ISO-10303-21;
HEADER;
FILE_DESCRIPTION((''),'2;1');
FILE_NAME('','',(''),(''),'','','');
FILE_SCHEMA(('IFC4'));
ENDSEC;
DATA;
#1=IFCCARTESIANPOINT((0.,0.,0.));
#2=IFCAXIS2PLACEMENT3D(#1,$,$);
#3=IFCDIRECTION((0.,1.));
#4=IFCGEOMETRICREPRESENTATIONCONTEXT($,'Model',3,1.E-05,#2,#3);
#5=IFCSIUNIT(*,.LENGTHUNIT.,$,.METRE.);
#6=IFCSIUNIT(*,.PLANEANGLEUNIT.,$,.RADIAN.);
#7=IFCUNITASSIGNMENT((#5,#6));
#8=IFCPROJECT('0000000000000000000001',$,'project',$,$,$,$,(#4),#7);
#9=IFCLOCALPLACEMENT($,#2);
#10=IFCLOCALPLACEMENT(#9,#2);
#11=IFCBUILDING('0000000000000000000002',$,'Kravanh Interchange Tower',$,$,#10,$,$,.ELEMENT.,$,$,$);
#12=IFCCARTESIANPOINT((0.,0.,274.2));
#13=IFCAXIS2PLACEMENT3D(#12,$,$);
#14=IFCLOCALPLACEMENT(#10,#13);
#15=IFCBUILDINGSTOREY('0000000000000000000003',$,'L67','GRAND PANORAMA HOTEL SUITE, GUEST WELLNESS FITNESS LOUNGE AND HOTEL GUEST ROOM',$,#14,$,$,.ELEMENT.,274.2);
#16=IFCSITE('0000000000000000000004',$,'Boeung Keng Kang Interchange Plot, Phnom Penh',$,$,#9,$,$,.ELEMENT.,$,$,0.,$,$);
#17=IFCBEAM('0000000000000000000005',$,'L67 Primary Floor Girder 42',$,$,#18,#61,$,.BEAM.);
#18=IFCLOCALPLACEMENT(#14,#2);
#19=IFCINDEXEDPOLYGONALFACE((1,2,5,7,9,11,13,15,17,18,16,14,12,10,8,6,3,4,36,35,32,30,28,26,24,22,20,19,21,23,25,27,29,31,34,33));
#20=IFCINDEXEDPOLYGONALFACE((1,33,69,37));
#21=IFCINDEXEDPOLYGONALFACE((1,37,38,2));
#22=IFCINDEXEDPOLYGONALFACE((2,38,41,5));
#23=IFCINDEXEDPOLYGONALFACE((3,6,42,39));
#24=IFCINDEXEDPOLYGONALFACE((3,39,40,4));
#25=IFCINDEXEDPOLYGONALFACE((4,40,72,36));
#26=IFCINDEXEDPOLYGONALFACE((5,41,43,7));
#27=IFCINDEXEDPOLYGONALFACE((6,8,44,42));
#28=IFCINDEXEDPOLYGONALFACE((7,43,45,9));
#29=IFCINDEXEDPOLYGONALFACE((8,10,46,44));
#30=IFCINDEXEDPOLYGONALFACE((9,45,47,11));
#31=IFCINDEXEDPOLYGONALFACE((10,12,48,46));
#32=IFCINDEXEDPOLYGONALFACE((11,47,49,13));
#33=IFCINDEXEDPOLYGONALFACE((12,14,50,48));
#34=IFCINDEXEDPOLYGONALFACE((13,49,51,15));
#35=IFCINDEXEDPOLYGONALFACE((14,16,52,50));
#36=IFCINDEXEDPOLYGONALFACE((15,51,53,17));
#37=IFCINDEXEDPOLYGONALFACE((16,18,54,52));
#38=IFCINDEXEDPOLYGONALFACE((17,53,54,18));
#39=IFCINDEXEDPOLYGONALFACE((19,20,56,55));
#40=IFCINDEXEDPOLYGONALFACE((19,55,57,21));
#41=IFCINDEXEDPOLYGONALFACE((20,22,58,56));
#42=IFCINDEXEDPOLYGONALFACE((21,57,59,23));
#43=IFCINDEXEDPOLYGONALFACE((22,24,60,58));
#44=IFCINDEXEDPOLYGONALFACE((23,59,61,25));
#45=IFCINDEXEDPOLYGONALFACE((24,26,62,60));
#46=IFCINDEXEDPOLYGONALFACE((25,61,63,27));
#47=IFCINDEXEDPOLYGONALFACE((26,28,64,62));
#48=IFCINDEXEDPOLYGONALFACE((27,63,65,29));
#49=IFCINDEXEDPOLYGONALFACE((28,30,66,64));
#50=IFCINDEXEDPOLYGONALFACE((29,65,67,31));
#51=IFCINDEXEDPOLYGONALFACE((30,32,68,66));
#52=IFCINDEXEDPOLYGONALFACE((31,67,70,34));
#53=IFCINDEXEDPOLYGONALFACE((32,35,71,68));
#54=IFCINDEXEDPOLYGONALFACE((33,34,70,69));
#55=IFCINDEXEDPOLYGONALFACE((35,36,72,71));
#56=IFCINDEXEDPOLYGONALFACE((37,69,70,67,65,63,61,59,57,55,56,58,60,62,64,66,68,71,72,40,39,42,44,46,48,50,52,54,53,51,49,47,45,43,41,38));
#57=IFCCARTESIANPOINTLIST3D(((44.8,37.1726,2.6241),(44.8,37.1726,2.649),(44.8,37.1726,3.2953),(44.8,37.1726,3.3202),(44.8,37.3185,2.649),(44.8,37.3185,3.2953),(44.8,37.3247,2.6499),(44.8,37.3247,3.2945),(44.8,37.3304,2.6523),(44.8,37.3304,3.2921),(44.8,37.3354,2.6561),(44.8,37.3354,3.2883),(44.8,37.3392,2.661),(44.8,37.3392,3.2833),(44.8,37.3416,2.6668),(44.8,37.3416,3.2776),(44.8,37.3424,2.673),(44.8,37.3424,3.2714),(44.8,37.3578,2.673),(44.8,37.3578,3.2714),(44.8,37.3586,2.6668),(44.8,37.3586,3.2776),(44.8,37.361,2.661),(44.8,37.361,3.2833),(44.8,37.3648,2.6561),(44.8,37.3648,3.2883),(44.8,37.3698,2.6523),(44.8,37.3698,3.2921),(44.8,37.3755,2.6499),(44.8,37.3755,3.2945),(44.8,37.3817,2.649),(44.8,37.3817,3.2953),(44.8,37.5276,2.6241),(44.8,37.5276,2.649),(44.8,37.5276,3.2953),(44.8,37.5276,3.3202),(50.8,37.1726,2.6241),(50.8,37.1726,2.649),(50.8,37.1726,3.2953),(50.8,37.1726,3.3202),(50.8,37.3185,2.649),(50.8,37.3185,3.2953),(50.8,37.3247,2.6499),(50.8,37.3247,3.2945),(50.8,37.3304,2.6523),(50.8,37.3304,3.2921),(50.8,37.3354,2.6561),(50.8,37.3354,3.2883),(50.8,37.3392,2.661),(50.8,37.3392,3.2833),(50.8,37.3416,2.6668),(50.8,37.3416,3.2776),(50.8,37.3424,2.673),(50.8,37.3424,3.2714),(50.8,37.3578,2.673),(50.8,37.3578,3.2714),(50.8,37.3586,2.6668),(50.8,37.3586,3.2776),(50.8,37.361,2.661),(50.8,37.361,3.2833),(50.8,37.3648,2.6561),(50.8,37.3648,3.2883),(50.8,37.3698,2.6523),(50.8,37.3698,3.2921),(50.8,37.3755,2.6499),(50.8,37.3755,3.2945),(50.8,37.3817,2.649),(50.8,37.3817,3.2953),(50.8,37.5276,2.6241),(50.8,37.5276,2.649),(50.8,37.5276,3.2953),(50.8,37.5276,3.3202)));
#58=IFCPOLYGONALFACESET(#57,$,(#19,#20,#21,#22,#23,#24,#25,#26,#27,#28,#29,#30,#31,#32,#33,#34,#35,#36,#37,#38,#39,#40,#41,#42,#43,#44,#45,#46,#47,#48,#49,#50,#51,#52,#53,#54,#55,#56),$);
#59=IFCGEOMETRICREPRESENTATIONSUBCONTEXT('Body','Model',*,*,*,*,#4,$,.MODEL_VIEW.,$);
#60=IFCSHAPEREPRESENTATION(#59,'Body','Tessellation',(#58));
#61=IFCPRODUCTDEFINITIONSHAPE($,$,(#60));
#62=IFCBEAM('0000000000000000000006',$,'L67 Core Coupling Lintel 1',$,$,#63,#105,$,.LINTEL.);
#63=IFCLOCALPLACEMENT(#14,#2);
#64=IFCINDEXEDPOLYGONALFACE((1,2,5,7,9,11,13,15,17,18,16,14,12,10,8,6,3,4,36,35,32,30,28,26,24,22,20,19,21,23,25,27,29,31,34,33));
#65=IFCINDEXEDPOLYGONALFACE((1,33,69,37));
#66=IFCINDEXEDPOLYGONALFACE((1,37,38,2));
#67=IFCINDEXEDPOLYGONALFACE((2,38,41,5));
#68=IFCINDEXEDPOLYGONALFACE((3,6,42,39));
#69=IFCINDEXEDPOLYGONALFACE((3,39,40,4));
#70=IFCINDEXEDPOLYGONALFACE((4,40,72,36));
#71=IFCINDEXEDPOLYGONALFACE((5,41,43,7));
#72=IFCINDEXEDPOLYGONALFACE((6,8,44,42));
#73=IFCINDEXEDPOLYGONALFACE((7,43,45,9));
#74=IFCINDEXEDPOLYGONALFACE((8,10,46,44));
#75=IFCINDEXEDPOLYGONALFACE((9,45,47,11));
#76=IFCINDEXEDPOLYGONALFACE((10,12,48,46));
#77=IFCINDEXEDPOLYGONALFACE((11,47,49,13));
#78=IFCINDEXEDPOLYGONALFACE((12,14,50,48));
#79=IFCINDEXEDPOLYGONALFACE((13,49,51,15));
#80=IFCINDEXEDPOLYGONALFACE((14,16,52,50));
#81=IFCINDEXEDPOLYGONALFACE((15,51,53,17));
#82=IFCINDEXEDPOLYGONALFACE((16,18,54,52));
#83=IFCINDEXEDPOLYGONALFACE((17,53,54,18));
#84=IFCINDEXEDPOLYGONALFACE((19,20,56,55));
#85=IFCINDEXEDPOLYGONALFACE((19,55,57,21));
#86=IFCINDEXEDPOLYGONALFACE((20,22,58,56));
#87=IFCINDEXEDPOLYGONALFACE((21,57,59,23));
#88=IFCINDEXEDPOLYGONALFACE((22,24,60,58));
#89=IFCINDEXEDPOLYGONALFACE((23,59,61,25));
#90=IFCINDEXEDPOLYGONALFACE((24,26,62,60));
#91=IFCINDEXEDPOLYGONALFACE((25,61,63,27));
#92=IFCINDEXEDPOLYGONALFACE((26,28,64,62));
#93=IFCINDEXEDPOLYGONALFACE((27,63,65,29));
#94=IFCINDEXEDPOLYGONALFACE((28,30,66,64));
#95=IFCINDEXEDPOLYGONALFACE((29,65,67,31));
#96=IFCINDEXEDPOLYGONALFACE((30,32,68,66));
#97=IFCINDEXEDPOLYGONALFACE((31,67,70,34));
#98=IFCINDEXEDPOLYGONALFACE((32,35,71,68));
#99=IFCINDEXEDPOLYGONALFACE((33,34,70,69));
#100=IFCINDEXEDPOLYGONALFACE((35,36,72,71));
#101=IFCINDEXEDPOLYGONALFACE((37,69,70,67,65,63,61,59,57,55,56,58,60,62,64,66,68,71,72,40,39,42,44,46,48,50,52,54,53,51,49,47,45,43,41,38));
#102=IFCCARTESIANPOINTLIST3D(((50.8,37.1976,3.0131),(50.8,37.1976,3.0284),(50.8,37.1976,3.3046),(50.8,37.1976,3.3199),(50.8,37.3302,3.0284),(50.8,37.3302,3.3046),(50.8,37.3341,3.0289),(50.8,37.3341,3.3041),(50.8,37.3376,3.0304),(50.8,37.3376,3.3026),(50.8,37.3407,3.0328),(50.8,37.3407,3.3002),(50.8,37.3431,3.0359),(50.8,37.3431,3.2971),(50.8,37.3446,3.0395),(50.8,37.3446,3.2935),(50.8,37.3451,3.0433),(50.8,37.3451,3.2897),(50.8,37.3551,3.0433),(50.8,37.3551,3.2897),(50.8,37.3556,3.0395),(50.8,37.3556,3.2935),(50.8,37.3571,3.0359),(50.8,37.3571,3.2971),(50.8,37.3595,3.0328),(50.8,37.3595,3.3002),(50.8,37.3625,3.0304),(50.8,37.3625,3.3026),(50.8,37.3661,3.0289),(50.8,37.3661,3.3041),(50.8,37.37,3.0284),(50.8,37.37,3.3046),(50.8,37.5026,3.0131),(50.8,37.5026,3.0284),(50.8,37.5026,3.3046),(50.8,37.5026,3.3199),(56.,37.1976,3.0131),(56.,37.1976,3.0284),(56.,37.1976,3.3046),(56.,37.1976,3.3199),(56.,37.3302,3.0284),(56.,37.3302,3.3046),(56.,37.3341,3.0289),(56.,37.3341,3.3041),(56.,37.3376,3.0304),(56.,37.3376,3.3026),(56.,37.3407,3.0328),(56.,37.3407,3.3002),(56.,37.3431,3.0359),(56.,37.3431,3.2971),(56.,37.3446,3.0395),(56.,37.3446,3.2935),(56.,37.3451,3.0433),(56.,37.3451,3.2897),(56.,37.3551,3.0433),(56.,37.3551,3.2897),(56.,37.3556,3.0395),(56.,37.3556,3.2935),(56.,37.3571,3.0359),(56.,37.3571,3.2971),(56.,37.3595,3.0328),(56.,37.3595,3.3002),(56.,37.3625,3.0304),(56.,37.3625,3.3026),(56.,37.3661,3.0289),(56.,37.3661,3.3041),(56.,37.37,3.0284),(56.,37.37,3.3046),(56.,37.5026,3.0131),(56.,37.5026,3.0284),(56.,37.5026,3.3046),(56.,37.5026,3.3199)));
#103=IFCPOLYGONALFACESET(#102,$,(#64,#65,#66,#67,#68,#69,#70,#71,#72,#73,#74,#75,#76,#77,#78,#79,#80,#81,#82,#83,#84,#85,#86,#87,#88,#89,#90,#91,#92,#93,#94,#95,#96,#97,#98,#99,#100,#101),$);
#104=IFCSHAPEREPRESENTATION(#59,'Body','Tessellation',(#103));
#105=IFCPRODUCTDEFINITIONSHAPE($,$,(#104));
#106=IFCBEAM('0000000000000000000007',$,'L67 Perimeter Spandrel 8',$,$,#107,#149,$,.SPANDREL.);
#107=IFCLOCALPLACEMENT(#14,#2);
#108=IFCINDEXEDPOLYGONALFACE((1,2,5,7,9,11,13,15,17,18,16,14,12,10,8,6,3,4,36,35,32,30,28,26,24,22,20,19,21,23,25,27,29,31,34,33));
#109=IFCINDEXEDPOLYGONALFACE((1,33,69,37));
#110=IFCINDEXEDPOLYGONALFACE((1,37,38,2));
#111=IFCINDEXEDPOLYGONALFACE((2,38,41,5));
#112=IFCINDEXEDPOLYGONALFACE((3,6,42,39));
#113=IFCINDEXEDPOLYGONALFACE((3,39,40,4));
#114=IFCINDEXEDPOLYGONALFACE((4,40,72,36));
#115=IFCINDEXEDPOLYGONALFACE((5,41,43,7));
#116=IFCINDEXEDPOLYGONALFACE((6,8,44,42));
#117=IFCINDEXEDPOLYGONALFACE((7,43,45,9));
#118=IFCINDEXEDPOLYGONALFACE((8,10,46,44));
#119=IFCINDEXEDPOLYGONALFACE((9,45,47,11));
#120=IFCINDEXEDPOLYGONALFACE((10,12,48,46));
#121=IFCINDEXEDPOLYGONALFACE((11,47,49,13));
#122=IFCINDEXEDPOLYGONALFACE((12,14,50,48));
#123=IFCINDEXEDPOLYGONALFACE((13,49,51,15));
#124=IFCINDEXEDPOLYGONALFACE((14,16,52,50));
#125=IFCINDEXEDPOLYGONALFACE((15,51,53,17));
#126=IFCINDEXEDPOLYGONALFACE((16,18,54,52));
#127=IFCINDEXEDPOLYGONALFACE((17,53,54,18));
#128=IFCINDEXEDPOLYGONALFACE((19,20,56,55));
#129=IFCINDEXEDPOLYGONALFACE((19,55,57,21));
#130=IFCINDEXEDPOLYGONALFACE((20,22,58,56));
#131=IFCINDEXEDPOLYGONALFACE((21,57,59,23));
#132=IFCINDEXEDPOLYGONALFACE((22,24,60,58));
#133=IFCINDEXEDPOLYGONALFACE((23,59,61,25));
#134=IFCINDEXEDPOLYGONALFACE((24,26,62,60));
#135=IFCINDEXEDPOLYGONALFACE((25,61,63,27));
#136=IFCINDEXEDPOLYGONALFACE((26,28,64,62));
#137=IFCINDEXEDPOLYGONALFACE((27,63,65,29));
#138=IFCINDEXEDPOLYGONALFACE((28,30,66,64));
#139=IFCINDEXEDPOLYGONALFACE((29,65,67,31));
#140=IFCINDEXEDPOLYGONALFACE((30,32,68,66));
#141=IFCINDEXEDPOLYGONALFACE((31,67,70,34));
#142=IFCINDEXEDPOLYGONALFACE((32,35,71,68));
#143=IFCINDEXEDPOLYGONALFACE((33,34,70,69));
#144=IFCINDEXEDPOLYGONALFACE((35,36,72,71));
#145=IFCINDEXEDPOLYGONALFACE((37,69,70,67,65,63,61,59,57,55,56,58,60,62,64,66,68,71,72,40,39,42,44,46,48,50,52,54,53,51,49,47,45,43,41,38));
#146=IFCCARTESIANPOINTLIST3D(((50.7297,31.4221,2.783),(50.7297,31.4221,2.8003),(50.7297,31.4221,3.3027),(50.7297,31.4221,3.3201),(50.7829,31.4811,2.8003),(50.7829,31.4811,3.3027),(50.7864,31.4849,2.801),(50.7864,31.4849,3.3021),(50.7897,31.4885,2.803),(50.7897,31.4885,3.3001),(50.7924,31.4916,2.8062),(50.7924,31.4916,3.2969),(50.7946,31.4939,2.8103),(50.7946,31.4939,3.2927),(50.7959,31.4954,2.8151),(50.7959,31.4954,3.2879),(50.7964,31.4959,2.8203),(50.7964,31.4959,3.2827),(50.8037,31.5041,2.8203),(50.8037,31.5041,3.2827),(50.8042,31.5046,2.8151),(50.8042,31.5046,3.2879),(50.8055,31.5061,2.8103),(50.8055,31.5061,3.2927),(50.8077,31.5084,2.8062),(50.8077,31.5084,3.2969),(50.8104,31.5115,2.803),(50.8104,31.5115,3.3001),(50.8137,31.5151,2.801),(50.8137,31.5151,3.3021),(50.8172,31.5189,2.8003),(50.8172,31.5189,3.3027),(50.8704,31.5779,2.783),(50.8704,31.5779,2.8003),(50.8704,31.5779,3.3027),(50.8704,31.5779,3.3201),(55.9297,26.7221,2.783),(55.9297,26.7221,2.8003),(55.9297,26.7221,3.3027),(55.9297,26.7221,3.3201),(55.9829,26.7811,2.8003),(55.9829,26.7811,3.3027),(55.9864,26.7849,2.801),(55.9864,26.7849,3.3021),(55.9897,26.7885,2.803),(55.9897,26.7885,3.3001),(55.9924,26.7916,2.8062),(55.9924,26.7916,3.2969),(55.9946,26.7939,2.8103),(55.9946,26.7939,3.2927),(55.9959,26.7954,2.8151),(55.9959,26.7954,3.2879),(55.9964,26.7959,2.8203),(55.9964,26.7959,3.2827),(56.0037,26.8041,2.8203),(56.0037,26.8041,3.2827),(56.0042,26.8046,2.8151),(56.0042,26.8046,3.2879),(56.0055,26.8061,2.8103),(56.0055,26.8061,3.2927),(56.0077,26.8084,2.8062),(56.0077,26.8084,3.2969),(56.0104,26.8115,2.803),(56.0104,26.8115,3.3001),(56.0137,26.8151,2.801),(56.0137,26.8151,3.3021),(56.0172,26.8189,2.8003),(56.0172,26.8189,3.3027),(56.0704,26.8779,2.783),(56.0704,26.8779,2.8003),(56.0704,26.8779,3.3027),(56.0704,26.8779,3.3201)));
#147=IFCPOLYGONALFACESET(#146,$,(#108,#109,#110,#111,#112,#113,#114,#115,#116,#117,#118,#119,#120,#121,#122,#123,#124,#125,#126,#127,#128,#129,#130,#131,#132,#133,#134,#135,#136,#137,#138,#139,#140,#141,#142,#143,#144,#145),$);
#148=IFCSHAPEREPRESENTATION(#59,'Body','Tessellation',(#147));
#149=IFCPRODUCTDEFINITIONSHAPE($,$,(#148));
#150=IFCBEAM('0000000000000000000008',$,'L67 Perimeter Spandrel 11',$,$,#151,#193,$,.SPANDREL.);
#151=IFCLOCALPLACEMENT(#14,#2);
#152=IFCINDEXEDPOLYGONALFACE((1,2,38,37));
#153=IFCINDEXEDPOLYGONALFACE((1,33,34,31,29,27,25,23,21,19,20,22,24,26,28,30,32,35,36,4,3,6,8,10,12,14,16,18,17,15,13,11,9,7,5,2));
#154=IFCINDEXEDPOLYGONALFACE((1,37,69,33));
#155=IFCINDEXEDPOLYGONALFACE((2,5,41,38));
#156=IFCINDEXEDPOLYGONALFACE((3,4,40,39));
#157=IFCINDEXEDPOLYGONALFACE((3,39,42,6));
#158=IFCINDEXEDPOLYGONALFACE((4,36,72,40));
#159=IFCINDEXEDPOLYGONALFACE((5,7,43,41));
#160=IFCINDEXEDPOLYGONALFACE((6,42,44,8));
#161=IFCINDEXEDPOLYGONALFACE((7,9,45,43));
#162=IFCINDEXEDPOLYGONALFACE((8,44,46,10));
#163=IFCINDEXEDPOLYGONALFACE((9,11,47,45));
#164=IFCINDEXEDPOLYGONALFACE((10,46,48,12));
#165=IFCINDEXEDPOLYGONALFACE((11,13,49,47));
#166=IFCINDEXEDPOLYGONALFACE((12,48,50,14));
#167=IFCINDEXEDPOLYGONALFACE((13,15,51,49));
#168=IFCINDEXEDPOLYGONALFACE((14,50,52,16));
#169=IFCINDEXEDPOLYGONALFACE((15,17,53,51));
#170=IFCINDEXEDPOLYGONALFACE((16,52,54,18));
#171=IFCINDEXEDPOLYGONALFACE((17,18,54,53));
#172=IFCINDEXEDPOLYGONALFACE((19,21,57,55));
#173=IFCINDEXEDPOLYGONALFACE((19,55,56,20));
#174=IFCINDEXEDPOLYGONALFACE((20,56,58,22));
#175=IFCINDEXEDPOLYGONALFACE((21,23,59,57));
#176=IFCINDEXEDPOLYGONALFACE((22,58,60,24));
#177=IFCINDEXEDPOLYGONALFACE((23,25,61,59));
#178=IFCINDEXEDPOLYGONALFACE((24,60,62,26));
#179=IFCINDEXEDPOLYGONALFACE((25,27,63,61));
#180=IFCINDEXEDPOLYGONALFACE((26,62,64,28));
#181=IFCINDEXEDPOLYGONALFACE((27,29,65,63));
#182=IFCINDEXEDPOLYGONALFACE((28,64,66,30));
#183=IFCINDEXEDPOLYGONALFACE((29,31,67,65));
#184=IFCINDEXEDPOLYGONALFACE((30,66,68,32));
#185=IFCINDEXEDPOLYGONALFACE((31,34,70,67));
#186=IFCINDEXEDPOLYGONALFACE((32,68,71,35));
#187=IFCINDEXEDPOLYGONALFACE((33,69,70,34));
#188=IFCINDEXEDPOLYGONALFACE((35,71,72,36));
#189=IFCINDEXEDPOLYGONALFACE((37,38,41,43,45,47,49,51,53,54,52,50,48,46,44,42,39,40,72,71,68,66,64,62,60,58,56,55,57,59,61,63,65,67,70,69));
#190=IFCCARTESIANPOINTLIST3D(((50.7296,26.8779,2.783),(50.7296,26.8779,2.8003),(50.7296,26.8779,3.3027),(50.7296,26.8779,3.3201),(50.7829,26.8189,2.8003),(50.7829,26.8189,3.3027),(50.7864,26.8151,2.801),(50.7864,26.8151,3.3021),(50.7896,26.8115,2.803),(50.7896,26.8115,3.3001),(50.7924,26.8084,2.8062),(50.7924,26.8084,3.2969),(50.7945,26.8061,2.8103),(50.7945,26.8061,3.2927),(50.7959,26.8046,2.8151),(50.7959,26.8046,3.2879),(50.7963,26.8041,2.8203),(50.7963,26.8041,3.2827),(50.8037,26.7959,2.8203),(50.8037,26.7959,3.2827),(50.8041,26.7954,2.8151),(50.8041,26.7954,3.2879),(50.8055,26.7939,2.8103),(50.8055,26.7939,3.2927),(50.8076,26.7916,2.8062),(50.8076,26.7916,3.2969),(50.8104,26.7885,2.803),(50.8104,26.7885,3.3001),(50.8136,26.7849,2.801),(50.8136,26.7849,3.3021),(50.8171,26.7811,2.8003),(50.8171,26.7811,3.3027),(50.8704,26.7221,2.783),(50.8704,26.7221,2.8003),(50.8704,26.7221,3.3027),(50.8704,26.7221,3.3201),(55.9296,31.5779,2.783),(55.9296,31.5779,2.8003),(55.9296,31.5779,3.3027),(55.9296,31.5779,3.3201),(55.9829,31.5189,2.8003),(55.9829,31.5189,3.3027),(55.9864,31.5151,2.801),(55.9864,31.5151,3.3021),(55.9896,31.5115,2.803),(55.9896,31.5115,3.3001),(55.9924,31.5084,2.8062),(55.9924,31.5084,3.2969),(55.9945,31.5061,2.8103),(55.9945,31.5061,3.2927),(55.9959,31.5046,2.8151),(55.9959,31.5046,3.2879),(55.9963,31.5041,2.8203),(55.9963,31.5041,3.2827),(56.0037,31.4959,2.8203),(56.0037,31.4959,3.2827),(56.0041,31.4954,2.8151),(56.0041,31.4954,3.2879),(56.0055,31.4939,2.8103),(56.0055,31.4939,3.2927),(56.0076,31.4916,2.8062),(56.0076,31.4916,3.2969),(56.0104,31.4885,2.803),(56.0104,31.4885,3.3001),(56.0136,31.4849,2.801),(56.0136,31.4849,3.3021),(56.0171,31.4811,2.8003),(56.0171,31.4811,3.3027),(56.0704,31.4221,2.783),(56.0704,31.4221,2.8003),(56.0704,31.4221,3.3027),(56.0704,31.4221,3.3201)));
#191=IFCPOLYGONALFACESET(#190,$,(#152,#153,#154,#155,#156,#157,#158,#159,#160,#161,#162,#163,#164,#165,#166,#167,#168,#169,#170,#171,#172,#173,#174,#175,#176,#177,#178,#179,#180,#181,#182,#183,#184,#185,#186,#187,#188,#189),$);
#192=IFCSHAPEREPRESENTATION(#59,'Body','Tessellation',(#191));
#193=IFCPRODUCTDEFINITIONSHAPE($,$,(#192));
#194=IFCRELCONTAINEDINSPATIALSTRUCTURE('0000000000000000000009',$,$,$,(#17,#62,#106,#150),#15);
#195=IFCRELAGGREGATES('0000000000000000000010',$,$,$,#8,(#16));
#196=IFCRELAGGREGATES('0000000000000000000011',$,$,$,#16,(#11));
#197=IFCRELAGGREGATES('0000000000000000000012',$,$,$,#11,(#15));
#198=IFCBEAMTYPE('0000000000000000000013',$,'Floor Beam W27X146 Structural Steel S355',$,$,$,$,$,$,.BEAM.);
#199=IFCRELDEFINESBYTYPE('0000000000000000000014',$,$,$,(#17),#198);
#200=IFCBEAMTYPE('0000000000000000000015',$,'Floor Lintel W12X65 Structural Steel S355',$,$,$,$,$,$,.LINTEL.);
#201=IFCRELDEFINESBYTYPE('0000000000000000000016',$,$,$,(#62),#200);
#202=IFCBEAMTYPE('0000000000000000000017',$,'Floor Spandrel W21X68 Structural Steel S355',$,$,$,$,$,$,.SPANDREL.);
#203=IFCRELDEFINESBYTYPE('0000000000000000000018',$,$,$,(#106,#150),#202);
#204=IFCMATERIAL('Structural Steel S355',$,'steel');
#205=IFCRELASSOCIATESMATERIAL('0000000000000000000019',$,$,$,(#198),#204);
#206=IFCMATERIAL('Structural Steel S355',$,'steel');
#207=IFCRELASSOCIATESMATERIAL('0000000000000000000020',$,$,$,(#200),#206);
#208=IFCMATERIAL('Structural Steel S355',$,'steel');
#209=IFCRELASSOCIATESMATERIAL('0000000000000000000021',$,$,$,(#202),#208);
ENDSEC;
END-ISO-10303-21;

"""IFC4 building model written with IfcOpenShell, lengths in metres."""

from ifc_helpers import new_model, si_unit, direction, frame, origin, origin_2d, place, context, subcontext, project, spatial, i_section, extrude, material, material_profile, profile_set, type_object, element, save


model = new_model("IFC4")

# Units and contexts
model_context = context("Model", 3, precision=1e-05, world=origin(), true_north=direction((0.0, 1.0)))
body_context = subcontext(model_context, "Body", "Model", "MODEL_VIEW")
ifc_project = project(units=[si_unit("LENGTHUNIT", "METRE"), si_unit("PLANEANGLEUNIT", "RADIAN")], contexts=[model_context])

# Site, building, storey
site_placement = place(None, origin())
site = spatial("IfcSite", under=ifc_project, at=site_placement, Name="Boeung Keng Kang Interchange Plot, Phnom Penh", CompositionType="ELEMENT", RefElevation=0.0)
building_placement = place(site_placement, origin())
building = spatial("IfcBuilding", under=site, at=building_placement, Name="Kravanh Interchange Tower", CompositionType="ELEMENT")
storey_placement = place(building_placement, frame((0.0, 0.0, 274.2)))
storey = spatial("IfcBuildingStorey", under=building, at=storey_placement, Name="L67", Description="GRAND PANORAMA HOTEL SUITE, GUEST WELLNESS FITNESS LOUNGE AND HOTEL GUEST ROOM", CompositionType="ELEMENT", Elevation=274.2)

# Beams
ifc_material_1 = material(Name="Structural Steel S355", Category="steel")
ifc_material_profile_1 = material_profile(ifc_material_1, i_section(OverallWidth=0.355, OverallDepth=0.696, WebThickness=0.0154, FlangeThickness=0.0249, FilletRadius=0.0239, at=origin_2d()), Name="W27X146")
ifc_profile_set_1 = profile_set([ifc_material_profile_1], Name="Structural Steel S355")
beam_type_1 = type_object("IfcBeamType", Name="Floor Beam W27X146 Structural Steel S355", PredefinedType="BEAM", material=ifc_profile_set_1)
beam_1_placement = place(storey_placement, frame((50.8, 37.3501, 2.9722), z_axis=(-1.0, 0.0, 0.0), x_axis=(0.0, -1.0, 0.0)))
element("IfcBeam", 1, at=beam_1_placement, inside=storey, type_object=beam_type_1, Name="L67 Primary Floor Girder 42", PredefinedType="BEAM", context=body_context, shape_type="SweptSolid", body=[
    extrude(i_section(OverallWidth=0.355, OverallDepth=0.696, WebThickness=0.0154, FlangeThickness=0.0249, FilletRadius=0.0239, at=origin_2d()), origin(), (0.0, 0.0, 1.0), 6.0),
])
ifc_material_2 = material(Name="Structural Steel S355", Category="steel")
ifc_material_profile_2 = material_profile(ifc_material_2, i_section(OverallWidth=0.3049, OverallDepth=0.3069, WebThickness=0.01, FlangeThickness=0.0154, FilletRadius=0.0149, at=origin_2d()), Name="W12X65")
ifc_profile_set_2 = profile_set([ifc_material_profile_2], Name="Structural Steel S355")
beam_type_2 = type_object("IfcBeamType", Name="Floor Lintel W12X65 Structural Steel S355", PredefinedType="LINTEL", material=ifc_profile_set_2)
beam_2_placement = place(storey_placement, frame((50.8, 37.3501, 3.1665), z_axis=(1.0, 0.0, 0.0), x_axis=(0.0, 1.0, 0.0)))
element("IfcBeam", 2, at=beam_2_placement, inside=storey, type_object=beam_type_2, Name="L67 Core Coupling Lintel 1", PredefinedType="LINTEL", context=body_context, shape_type="SweptSolid", body=[
    extrude(i_section(OverallWidth=0.3049, OverallDepth=0.3069, WebThickness=0.01, FlangeThickness=0.0154, FilletRadius=0.0149, at=origin_2d()), origin(), (0.0, 0.0, 1.0), 5.2),
])
ifc_material_3 = material(Name="Structural Steel S355", Category="steel")
ifc_material_profile_3 = material_profile(ifc_material_3, i_section(OverallWidth=0.21, OverallDepth=0.5371, WebThickness=0.011, FlangeThickness=0.0173, FilletRadius=0.02, at=origin_2d()), Name="W21X68")
ifc_profile_set_3 = profile_set([ifc_material_profile_3], Name="Structural Steel S355")
beam_type_3 = type_object("IfcBeamType", Name="Floor Spandrel W21X68 Structural Steel S355", PredefinedType="SPANDREL", material=ifc_profile_set_3)
for number, where, z_axis, x_axis, name in (
    (3, (50.8, 31.5, 3.0515), (0.741874, -0.670539, 0.0), (0.670539, 0.741874, 0.0), "L67 Perimeter Spandrel 8"),
    (4, (56.0, 31.5, 3.0515), (-0.741874, -0.670539, 0.0), (0.670539, -0.741874, 0.0), "L67 Perimeter Spandrel 11"),
):
    element("IfcBeam", number, at=place(storey_placement, frame(where, z_axis=z_axis, x_axis=x_axis)), inside=storey, type_object=beam_type_3, Name=name, PredefinedType="SPANDREL", context=body_context, shape_type="SweptSolid", body=[
        extrude(i_section(OverallWidth=0.21, OverallDepth=0.5371, WebThickness=0.011, FlangeThickness=0.0173, FilletRadius=0.02, at=origin_2d()), origin(), (0.0, 0.0, 1.0), 7.0093),
    ])

save(model, "model.ifc")
